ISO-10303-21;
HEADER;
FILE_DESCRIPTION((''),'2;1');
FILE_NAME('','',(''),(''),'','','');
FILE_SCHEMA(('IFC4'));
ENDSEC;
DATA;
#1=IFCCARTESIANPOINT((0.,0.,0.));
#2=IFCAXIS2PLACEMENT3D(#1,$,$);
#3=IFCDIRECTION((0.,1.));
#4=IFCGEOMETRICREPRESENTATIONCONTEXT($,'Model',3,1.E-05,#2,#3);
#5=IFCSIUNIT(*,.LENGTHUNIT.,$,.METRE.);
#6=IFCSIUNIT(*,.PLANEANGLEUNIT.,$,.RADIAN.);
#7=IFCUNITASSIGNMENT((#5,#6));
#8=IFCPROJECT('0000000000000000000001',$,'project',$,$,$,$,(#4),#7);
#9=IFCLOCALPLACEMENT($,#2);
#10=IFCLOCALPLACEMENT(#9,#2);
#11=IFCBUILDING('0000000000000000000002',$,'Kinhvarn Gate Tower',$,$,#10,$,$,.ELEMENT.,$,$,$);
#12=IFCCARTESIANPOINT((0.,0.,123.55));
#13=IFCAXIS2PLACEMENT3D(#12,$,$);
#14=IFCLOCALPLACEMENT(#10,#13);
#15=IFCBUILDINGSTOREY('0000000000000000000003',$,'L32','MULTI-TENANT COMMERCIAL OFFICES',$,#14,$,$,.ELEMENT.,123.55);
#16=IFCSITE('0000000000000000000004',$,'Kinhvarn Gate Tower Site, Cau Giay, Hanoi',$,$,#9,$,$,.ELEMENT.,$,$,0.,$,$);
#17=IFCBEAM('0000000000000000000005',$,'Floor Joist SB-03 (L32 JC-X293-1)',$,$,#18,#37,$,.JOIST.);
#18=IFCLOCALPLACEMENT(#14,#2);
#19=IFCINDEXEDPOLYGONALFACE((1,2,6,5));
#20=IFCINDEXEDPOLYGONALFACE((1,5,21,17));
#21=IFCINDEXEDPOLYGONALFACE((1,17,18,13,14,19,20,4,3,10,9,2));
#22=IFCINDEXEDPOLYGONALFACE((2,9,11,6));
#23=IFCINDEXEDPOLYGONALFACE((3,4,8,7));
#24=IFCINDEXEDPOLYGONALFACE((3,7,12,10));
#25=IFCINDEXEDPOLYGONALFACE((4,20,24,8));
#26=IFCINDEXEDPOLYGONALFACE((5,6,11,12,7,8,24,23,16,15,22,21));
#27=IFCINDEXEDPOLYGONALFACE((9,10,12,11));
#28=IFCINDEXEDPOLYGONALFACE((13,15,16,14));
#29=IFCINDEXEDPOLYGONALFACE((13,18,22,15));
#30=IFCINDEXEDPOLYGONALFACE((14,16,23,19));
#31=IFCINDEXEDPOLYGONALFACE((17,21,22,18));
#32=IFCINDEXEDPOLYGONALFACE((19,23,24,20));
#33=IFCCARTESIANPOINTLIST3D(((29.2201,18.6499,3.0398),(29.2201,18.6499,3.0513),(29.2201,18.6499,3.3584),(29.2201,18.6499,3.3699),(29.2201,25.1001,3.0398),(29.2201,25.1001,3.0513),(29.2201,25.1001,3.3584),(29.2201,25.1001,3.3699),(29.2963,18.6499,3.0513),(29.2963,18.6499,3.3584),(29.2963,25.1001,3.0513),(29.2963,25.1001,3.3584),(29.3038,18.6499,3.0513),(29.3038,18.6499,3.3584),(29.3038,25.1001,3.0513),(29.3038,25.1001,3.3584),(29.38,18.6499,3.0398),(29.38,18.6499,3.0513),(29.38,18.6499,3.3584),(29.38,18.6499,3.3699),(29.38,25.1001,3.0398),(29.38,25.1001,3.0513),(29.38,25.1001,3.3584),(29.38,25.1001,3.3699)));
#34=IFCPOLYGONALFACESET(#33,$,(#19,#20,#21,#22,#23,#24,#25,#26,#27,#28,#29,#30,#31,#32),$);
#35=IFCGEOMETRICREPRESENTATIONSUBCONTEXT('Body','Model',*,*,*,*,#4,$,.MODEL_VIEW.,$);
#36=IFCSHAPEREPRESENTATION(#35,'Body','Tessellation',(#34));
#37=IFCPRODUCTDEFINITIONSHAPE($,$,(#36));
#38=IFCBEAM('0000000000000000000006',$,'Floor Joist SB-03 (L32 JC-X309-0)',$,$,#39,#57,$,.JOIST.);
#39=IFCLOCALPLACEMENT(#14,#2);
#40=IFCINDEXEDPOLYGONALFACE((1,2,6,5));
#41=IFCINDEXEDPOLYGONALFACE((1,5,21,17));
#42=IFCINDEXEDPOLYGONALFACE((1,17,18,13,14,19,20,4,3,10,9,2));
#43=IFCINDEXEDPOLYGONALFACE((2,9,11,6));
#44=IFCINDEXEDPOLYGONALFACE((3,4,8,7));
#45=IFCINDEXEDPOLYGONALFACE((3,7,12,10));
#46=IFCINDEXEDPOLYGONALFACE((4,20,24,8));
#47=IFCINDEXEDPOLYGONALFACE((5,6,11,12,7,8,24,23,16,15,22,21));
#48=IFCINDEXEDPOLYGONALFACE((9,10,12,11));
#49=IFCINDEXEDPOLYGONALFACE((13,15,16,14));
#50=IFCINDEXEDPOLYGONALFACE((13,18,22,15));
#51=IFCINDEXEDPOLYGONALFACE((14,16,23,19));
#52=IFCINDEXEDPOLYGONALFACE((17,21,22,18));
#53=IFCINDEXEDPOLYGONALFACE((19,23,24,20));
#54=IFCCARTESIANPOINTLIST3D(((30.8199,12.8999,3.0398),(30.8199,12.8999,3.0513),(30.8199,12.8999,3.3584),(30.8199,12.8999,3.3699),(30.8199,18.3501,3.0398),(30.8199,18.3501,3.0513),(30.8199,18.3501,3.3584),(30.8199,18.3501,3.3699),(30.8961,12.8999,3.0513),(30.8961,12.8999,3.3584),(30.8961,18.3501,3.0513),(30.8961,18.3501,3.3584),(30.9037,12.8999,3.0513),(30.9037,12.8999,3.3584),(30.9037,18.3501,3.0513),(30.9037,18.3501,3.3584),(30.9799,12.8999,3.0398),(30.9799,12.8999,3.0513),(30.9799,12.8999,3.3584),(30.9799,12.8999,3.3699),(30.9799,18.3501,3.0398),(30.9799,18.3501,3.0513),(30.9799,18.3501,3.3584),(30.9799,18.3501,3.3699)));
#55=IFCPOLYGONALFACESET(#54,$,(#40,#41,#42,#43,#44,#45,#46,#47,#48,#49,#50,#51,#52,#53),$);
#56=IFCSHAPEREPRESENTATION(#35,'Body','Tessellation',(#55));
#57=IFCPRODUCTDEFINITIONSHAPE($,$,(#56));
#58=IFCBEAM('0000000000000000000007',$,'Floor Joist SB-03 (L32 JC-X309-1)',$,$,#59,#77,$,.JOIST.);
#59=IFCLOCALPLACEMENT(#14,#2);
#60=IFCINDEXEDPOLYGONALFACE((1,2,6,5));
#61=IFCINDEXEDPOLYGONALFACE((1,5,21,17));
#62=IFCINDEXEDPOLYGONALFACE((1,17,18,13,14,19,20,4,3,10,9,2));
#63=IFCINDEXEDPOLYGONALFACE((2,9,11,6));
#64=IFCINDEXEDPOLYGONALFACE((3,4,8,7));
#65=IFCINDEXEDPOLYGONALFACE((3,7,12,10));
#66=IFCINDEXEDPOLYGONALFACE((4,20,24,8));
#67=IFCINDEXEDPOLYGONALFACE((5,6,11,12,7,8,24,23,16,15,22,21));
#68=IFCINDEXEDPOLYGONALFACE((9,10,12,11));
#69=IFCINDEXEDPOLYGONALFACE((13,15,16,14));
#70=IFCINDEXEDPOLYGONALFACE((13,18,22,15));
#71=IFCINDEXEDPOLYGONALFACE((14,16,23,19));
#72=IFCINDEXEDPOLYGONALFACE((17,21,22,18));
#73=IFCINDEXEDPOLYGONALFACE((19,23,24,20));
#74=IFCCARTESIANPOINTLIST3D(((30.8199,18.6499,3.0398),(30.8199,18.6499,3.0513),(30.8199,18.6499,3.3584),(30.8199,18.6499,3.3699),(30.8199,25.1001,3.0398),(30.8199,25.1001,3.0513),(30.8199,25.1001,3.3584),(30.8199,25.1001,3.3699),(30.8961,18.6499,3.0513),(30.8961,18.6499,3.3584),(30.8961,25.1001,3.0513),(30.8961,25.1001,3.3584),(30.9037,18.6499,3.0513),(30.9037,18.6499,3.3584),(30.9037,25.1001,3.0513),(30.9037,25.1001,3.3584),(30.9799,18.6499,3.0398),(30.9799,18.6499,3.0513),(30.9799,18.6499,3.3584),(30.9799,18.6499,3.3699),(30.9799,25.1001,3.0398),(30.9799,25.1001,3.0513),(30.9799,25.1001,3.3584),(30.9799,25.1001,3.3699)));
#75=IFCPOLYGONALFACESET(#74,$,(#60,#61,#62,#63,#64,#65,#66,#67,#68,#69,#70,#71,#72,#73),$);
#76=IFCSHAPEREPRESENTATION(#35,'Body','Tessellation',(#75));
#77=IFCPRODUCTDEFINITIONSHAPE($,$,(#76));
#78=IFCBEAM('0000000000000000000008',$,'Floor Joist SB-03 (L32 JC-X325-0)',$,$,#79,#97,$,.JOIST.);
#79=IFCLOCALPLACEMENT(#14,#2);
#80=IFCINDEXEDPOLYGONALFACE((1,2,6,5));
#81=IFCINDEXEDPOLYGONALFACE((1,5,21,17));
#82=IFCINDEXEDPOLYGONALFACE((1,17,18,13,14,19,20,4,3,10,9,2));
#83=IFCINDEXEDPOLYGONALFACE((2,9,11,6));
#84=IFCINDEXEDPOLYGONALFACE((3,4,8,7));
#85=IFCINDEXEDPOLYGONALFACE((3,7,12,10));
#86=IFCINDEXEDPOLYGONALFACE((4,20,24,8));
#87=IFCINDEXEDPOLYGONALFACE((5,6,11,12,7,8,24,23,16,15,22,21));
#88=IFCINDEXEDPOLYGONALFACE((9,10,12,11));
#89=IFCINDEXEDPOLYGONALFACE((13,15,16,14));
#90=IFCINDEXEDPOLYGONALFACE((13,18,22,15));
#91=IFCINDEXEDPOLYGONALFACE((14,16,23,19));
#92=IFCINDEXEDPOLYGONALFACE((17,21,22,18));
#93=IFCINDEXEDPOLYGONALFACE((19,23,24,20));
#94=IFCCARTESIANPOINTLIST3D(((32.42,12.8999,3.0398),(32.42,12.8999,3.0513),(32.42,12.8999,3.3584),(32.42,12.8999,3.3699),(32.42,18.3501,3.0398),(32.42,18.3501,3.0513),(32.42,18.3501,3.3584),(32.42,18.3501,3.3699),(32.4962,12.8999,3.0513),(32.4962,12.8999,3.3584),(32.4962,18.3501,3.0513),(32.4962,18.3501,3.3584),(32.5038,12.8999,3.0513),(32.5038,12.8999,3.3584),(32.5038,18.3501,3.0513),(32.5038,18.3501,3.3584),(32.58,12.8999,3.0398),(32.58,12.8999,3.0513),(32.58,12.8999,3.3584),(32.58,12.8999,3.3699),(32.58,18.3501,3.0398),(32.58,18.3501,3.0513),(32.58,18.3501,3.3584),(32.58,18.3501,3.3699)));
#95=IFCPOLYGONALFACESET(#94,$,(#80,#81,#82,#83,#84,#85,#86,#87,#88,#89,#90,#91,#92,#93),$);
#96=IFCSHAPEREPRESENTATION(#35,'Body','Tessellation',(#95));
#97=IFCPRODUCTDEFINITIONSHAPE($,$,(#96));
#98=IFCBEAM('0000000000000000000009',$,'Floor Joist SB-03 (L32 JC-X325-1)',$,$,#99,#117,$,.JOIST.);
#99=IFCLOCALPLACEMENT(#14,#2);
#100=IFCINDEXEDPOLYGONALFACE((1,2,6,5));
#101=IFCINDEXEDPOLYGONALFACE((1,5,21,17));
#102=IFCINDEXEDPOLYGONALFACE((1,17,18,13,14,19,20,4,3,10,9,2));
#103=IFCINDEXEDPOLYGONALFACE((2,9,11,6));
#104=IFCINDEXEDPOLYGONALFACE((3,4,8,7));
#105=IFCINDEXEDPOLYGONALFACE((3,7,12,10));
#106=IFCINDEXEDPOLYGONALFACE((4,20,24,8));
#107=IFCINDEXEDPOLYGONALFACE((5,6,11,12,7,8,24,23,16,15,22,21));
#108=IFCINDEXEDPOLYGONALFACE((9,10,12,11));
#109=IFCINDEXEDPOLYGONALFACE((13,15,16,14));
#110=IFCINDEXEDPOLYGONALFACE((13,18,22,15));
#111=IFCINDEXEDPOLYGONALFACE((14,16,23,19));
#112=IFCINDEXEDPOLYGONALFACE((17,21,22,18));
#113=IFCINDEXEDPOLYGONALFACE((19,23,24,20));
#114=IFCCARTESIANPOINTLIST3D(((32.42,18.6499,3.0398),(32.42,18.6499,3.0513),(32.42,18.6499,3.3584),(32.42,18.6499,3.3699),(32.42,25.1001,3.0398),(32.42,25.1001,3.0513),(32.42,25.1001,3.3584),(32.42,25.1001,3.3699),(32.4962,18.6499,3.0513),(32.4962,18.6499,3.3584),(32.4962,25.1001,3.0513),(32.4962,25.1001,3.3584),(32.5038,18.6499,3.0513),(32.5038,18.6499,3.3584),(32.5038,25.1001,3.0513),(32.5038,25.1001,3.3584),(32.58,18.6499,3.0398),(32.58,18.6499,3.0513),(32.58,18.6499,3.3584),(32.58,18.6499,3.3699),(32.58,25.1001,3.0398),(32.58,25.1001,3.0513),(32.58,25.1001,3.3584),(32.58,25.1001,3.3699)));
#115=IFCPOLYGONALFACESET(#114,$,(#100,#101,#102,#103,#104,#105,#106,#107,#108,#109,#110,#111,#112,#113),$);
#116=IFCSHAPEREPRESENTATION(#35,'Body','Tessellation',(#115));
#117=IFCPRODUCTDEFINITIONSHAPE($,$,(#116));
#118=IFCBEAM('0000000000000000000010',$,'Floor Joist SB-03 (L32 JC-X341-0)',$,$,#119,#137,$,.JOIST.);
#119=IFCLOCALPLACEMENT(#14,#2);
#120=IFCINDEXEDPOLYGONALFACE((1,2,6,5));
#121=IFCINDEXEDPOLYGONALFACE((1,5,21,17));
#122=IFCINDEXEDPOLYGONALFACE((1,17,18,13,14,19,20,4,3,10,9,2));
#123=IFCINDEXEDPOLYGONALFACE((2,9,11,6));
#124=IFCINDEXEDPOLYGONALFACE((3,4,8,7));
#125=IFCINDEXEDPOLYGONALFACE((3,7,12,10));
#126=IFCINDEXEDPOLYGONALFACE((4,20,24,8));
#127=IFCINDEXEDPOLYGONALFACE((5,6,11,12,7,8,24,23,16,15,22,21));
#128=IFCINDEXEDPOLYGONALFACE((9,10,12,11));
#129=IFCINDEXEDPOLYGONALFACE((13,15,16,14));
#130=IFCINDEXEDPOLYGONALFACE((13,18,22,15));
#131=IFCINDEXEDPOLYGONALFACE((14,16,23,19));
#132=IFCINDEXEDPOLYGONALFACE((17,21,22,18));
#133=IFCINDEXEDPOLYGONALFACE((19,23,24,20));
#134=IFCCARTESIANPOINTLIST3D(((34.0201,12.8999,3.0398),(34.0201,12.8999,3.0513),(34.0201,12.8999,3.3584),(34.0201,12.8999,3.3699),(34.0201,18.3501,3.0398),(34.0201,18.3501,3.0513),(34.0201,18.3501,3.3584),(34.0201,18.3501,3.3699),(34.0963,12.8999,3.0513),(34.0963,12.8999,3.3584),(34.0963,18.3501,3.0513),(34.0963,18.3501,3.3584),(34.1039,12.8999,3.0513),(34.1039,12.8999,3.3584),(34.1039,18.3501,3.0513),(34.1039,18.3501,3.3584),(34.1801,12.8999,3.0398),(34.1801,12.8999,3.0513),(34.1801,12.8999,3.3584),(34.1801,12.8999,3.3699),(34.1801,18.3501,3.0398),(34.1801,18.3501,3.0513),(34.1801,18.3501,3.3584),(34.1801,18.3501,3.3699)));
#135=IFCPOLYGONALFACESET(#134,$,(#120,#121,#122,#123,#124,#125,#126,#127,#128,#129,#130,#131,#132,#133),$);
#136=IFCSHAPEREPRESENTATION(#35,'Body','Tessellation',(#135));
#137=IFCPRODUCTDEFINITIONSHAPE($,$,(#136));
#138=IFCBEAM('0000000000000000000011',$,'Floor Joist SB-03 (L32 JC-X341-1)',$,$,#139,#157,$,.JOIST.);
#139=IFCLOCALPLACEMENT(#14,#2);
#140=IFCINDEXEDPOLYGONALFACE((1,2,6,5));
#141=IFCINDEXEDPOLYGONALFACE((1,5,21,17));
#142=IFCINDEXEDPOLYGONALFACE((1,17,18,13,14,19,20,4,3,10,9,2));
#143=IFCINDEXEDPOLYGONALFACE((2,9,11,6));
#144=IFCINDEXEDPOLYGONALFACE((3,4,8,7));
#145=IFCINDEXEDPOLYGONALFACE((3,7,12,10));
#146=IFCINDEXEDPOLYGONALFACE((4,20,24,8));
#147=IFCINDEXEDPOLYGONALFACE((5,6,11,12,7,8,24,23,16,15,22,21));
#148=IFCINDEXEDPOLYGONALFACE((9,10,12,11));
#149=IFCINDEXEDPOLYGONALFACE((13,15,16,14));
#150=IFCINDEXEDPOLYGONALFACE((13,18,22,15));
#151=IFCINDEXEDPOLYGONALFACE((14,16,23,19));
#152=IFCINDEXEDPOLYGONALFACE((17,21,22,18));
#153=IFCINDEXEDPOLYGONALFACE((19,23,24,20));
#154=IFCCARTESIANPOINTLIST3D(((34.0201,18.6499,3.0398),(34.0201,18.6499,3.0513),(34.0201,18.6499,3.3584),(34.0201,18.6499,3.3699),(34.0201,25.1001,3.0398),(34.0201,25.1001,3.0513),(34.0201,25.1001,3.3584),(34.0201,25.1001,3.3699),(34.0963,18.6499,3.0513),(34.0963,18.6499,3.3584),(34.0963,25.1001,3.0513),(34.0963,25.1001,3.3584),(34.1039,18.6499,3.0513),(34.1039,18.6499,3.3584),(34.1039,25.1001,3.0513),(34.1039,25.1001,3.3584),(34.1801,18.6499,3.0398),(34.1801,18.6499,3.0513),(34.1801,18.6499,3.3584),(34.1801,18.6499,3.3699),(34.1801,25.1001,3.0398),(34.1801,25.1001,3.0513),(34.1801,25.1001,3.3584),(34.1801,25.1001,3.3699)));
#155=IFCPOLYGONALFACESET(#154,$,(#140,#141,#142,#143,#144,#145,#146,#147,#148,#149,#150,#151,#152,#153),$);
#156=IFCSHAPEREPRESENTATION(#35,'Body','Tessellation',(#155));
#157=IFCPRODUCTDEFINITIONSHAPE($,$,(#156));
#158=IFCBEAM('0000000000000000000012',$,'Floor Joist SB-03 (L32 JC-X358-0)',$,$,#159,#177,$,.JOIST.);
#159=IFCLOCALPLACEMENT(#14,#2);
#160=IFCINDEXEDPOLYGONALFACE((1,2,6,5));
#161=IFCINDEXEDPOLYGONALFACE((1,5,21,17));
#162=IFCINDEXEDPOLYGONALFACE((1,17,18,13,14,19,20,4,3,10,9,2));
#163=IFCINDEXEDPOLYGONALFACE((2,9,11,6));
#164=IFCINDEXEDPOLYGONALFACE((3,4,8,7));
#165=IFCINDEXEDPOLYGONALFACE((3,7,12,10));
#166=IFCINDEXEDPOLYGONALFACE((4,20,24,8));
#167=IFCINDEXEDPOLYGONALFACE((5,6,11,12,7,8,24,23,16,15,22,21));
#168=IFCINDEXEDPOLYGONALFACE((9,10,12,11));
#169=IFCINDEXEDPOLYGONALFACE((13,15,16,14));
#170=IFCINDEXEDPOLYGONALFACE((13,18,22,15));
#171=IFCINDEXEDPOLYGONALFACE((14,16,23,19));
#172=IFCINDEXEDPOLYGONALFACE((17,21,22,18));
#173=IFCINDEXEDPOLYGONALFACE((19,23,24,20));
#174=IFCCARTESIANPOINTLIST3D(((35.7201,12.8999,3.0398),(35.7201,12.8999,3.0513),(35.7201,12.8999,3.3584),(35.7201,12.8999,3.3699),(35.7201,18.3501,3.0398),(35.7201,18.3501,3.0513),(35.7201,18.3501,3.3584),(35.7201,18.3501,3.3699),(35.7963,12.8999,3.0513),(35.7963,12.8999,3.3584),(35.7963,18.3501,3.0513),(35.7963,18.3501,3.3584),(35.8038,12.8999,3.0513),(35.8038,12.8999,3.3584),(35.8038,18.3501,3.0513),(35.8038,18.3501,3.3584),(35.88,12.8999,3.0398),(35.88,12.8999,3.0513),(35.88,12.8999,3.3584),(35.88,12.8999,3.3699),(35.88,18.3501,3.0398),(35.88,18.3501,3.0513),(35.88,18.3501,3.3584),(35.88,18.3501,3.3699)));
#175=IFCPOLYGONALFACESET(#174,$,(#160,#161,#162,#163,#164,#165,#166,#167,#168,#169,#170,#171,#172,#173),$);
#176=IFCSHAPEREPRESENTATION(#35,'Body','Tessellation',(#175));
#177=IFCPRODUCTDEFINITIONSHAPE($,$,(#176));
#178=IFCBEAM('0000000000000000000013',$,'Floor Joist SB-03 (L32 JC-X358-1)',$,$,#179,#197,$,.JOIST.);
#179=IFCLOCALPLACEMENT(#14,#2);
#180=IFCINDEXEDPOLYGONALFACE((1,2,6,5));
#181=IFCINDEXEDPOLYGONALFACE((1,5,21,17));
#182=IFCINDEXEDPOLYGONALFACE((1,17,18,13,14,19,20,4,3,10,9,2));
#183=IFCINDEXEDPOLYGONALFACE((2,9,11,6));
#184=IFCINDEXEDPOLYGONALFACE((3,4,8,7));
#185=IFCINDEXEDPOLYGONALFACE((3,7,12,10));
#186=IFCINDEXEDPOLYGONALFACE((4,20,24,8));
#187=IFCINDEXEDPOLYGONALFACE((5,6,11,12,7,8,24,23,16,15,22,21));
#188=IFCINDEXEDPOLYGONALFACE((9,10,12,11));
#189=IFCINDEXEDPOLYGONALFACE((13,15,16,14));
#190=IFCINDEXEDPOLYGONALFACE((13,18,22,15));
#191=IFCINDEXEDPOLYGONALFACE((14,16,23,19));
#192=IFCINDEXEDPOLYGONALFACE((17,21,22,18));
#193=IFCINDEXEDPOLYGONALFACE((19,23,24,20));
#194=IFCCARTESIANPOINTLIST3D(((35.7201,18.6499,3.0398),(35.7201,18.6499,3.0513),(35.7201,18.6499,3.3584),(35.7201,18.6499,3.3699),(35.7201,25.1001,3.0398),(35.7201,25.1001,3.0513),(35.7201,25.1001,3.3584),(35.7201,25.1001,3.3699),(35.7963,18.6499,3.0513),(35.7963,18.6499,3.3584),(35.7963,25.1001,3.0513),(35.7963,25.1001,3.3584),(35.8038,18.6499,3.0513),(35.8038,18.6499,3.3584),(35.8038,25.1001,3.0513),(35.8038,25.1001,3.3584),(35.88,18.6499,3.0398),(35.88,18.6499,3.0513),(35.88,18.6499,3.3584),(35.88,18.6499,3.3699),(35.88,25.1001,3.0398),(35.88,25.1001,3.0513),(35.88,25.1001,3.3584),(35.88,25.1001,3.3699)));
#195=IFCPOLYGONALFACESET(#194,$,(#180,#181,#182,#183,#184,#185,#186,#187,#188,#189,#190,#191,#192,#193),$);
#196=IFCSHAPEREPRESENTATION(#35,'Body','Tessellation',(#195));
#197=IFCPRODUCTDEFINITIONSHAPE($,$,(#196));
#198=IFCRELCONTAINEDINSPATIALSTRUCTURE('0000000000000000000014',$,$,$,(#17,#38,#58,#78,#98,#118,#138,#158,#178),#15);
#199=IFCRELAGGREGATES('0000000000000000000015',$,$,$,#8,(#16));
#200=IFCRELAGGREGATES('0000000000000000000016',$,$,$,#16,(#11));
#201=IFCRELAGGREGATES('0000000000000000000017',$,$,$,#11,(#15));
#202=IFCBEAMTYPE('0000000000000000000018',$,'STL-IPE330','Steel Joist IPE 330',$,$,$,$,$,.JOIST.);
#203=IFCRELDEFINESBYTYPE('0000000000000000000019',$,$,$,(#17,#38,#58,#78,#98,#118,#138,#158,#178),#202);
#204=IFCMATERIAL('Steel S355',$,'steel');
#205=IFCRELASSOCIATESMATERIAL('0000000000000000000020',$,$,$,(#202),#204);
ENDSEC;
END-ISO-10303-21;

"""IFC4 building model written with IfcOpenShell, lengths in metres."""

from ifc_helpers import new_model, si_unit, direction, frame, origin, origin_2d, place, context, subcontext, project, spatial, i_section, extrude, material, material_profile, profile_set, type_object, element, save


model = new_model("IFC4")

# Units and contexts
model_context = context("Model", 3, precision=1e-05, world=origin(), true_north=direction((0.0, 1.0)))
body_context = subcontext(model_context, "Body", "Model", "MODEL_VIEW")
ifc_project = project(units=[si_unit("LENGTHUNIT", "METRE"), si_unit("PLANEANGLEUNIT", "RADIAN")], contexts=[model_context])

# Site, building, storey
site_placement = place(None, origin())
site = spatial("IfcSite", under=ifc_project, at=site_placement, Name="Kinhvarn Gate Tower Site, Cau Giay, Hanoi", CompositionType="ELEMENT", RefElevation=0.0)
building_placement = place(site_placement, origin())
building = spatial("IfcBuilding", under=site, at=building_placement, Name="Kinhvarn Gate Tower", CompositionType="ELEMENT")
storey_placement = place(building_placement, frame((0.0, 0.0, 123.55)))
storey = spatial("IfcBuildingStorey", under=building, at=storey_placement, Name="L32", Description="MULTI-TENANT COMMERCIAL OFFICES", CompositionType="ELEMENT", Elevation=123.55)

# Beams
ifc_material_1 = material(Name="Steel S355", Category="steel")
ifc_material_profile_1 = material_profile(ifc_material_1, i_section(OverallWidth=0.1599, OverallDepth=0.3301, WebThickness=0.0076, FlangeThickness=0.0115, at=origin_2d()), Name="IPE 330")
ifc_profile_set_1 = profile_set([ifc_material_profile_1], Name="Steel S355")
beam_type_1 = type_object("IfcBeamType", Name="STL-IPE330", Description="Steel Joist IPE 330", PredefinedType="JOIST", material=ifc_profile_set_1)
beam_1_placement = place(storey_placement, frame((29.3, 18.6499, 3.2048), z_axis=(0.0, 1.0, 0.0), x_axis=(-1.0, 0.0, 0.0)))
element("IfcBeam", 1, at=beam_1_placement, inside=storey, type_object=beam_type_1, Name="Floor Joist SB-03 (L32 JC-X293-1)", PredefinedType="JOIST", context=body_context, shape_type="SweptSolid", body=[
    extrude(i_section(OverallWidth=0.1599, OverallDepth=0.3301, WebThickness=0.0076, FlangeThickness=0.0115, at=origin_2d()), origin(), (0.0, 0.0, 1.0), 6.4502),
])
beam_2_placement = place(storey_placement, frame((30.8999, 12.8999, 3.2048), z_axis=(0.0, 1.0, 0.0), x_axis=(-1.0, 0.0, 0.0)))
element("IfcBeam", 2, at=beam_2_placement, inside=storey, type_object=beam_type_1, Name="Floor Joist SB-03 (L32 JC-X309-0)", PredefinedType="JOIST", context=body_context, shape_type="SweptSolid", body=[
    extrude(i_section(OverallWidth=0.1599, OverallDepth=0.3301, WebThickness=0.0076, FlangeThickness=0.0115, at=origin_2d()), origin(), (0.0, 0.0, 1.0), 5.4502),
])
beam_3_placement = place(storey_placement, frame((30.8999, 18.6499, 3.2048), z_axis=(0.0, 1.0, 0.0), x_axis=(-1.0, 0.0, 0.0)))
element("IfcBeam", 3, at=beam_3_placement, inside=storey, type_object=beam_type_1, Name="Floor Joist SB-03 (L32 JC-X309-1)", PredefinedType="JOIST", context=body_context, shape_type="SweptSolid", body=[
    extrude(i_section(OverallWidth=0.1599, OverallDepth=0.3301, WebThickness=0.0076, FlangeThickness=0.0115, at=origin_2d()), origin(), (0.0, 0.0, 1.0), 6.4502),
])
beam_4_placement = place(storey_placement, frame((32.5, 12.8999, 3.2048), z_axis=(0.0, 1.0, 0.0), x_axis=(-1.0, 0.0, 0.0)))
element("IfcBeam", 4, at=beam_4_placement, inside=storey, type_object=beam_type_1, Name="Floor Joist SB-03 (L32 JC-X325-0)", PredefinedType="JOIST", context=body_context, shape_type="SweptSolid", body=[
    extrude(i_section(OverallWidth=0.1599, OverallDepth=0.3301, WebThickness=0.0076, FlangeThickness=0.0115, at=origin_2d()), origin(), (0.0, 0.0, 1.0), 5.4502),
])
beam_5_placement = place(storey_placement, frame((32.5, 18.6499, 3.2048), z_axis=(0.0, 1.0, 0.0), x_axis=(-1.0, 0.0, 0.0)))
element("IfcBeam", 5, at=beam_5_placement, inside=storey, type_object=beam_type_1, Name="Floor Joist SB-03 (L32 JC-X325-1)", PredefinedType="JOIST", context=body_context, shape_type="SweptSolid", body=[
    extrude(i_section(OverallWidth=0.1599, OverallDepth=0.3301, WebThickness=0.0076, FlangeThickness=0.0115, at=origin_2d()), origin(), (0.0, 0.0, 1.0), 6.4502),
])
beam_6_placement = place(storey_placement, frame((34.1001, 12.8999, 3.2048), z_axis=(0.0, 1.0, 0.0), x_axis=(-1.0, 0.0, 0.0)))
element("IfcBeam", 6, at=beam_6_placement, inside=storey, type_object=beam_type_1, Name="Floor Joist SB-03 (L32 JC-X341-0)", PredefinedType="JOIST", context=body_context, shape_type="SweptSolid", body=[
    extrude(i_section(OverallWidth=0.1599, OverallDepth=0.3301, WebThickness=0.0076, FlangeThickness=0.0115, at=origin_2d()), origin(), (0.0, 0.0, 1.0), 5.4502),
])
beam_7_placement = place(storey_placement, frame((34.1001, 18.6499, 3.2048), z_axis=(0.0, 1.0, 0.0), x_axis=(-1.0, 0.0, 0.0)))
element("IfcBeam", 7, at=beam_7_placement, inside=storey, type_object=beam_type_1, Name="Floor Joist SB-03 (L32 JC-X341-1)", PredefinedType="JOIST", context=body_context, shape_type="SweptSolid", body=[
    extrude(i_section(OverallWidth=0.1599, OverallDepth=0.3301, WebThickness=0.0076, FlangeThickness=0.0115, at=origin_2d()), origin(), (0.0, 0.0, 1.0), 6.4502),
])
beam_8_placement = place(storey_placement, frame((35.8, 12.8999, 3.2048), z_axis=(0.0, 1.0, 0.0), x_axis=(-1.0, 0.0, 0.0)))
element("IfcBeam", 8, at=beam_8_placement, inside=storey, type_object=beam_type_1, Name="Floor Joist SB-03 (L32 JC-X358-0)", PredefinedType="JOIST", context=body_context, shape_type="SweptSolid", body=[
    extrude(i_section(OverallWidth=0.1599, OverallDepth=0.3301, WebThickness=0.0076, FlangeThickness=0.0115, at=origin_2d()), origin(), (0.0, 0.0, 1.0), 5.4502),
])
beam_9_placement = place(storey_placement, frame((35.8, 18.6499, 3.2048), z_axis=(0.0, 1.0, 0.0), x_axis=(-1.0, 0.0, 0.0)))
element("IfcBeam", 9, at=beam_9_placement, inside=storey, type_object=beam_type_1, Name="Floor Joist SB-03 (L32 JC-X358-1)", PredefinedType="JOIST", context=body_context, shape_type="SweptSolid", body=[
    extrude(i_section(OverallWidth=0.1599, OverallDepth=0.3301, WebThickness=0.0076, FlangeThickness=0.0115, at=origin_2d()), origin(), (0.0, 0.0, 1.0), 6.4502),
])

save(model, "model.ifc")
